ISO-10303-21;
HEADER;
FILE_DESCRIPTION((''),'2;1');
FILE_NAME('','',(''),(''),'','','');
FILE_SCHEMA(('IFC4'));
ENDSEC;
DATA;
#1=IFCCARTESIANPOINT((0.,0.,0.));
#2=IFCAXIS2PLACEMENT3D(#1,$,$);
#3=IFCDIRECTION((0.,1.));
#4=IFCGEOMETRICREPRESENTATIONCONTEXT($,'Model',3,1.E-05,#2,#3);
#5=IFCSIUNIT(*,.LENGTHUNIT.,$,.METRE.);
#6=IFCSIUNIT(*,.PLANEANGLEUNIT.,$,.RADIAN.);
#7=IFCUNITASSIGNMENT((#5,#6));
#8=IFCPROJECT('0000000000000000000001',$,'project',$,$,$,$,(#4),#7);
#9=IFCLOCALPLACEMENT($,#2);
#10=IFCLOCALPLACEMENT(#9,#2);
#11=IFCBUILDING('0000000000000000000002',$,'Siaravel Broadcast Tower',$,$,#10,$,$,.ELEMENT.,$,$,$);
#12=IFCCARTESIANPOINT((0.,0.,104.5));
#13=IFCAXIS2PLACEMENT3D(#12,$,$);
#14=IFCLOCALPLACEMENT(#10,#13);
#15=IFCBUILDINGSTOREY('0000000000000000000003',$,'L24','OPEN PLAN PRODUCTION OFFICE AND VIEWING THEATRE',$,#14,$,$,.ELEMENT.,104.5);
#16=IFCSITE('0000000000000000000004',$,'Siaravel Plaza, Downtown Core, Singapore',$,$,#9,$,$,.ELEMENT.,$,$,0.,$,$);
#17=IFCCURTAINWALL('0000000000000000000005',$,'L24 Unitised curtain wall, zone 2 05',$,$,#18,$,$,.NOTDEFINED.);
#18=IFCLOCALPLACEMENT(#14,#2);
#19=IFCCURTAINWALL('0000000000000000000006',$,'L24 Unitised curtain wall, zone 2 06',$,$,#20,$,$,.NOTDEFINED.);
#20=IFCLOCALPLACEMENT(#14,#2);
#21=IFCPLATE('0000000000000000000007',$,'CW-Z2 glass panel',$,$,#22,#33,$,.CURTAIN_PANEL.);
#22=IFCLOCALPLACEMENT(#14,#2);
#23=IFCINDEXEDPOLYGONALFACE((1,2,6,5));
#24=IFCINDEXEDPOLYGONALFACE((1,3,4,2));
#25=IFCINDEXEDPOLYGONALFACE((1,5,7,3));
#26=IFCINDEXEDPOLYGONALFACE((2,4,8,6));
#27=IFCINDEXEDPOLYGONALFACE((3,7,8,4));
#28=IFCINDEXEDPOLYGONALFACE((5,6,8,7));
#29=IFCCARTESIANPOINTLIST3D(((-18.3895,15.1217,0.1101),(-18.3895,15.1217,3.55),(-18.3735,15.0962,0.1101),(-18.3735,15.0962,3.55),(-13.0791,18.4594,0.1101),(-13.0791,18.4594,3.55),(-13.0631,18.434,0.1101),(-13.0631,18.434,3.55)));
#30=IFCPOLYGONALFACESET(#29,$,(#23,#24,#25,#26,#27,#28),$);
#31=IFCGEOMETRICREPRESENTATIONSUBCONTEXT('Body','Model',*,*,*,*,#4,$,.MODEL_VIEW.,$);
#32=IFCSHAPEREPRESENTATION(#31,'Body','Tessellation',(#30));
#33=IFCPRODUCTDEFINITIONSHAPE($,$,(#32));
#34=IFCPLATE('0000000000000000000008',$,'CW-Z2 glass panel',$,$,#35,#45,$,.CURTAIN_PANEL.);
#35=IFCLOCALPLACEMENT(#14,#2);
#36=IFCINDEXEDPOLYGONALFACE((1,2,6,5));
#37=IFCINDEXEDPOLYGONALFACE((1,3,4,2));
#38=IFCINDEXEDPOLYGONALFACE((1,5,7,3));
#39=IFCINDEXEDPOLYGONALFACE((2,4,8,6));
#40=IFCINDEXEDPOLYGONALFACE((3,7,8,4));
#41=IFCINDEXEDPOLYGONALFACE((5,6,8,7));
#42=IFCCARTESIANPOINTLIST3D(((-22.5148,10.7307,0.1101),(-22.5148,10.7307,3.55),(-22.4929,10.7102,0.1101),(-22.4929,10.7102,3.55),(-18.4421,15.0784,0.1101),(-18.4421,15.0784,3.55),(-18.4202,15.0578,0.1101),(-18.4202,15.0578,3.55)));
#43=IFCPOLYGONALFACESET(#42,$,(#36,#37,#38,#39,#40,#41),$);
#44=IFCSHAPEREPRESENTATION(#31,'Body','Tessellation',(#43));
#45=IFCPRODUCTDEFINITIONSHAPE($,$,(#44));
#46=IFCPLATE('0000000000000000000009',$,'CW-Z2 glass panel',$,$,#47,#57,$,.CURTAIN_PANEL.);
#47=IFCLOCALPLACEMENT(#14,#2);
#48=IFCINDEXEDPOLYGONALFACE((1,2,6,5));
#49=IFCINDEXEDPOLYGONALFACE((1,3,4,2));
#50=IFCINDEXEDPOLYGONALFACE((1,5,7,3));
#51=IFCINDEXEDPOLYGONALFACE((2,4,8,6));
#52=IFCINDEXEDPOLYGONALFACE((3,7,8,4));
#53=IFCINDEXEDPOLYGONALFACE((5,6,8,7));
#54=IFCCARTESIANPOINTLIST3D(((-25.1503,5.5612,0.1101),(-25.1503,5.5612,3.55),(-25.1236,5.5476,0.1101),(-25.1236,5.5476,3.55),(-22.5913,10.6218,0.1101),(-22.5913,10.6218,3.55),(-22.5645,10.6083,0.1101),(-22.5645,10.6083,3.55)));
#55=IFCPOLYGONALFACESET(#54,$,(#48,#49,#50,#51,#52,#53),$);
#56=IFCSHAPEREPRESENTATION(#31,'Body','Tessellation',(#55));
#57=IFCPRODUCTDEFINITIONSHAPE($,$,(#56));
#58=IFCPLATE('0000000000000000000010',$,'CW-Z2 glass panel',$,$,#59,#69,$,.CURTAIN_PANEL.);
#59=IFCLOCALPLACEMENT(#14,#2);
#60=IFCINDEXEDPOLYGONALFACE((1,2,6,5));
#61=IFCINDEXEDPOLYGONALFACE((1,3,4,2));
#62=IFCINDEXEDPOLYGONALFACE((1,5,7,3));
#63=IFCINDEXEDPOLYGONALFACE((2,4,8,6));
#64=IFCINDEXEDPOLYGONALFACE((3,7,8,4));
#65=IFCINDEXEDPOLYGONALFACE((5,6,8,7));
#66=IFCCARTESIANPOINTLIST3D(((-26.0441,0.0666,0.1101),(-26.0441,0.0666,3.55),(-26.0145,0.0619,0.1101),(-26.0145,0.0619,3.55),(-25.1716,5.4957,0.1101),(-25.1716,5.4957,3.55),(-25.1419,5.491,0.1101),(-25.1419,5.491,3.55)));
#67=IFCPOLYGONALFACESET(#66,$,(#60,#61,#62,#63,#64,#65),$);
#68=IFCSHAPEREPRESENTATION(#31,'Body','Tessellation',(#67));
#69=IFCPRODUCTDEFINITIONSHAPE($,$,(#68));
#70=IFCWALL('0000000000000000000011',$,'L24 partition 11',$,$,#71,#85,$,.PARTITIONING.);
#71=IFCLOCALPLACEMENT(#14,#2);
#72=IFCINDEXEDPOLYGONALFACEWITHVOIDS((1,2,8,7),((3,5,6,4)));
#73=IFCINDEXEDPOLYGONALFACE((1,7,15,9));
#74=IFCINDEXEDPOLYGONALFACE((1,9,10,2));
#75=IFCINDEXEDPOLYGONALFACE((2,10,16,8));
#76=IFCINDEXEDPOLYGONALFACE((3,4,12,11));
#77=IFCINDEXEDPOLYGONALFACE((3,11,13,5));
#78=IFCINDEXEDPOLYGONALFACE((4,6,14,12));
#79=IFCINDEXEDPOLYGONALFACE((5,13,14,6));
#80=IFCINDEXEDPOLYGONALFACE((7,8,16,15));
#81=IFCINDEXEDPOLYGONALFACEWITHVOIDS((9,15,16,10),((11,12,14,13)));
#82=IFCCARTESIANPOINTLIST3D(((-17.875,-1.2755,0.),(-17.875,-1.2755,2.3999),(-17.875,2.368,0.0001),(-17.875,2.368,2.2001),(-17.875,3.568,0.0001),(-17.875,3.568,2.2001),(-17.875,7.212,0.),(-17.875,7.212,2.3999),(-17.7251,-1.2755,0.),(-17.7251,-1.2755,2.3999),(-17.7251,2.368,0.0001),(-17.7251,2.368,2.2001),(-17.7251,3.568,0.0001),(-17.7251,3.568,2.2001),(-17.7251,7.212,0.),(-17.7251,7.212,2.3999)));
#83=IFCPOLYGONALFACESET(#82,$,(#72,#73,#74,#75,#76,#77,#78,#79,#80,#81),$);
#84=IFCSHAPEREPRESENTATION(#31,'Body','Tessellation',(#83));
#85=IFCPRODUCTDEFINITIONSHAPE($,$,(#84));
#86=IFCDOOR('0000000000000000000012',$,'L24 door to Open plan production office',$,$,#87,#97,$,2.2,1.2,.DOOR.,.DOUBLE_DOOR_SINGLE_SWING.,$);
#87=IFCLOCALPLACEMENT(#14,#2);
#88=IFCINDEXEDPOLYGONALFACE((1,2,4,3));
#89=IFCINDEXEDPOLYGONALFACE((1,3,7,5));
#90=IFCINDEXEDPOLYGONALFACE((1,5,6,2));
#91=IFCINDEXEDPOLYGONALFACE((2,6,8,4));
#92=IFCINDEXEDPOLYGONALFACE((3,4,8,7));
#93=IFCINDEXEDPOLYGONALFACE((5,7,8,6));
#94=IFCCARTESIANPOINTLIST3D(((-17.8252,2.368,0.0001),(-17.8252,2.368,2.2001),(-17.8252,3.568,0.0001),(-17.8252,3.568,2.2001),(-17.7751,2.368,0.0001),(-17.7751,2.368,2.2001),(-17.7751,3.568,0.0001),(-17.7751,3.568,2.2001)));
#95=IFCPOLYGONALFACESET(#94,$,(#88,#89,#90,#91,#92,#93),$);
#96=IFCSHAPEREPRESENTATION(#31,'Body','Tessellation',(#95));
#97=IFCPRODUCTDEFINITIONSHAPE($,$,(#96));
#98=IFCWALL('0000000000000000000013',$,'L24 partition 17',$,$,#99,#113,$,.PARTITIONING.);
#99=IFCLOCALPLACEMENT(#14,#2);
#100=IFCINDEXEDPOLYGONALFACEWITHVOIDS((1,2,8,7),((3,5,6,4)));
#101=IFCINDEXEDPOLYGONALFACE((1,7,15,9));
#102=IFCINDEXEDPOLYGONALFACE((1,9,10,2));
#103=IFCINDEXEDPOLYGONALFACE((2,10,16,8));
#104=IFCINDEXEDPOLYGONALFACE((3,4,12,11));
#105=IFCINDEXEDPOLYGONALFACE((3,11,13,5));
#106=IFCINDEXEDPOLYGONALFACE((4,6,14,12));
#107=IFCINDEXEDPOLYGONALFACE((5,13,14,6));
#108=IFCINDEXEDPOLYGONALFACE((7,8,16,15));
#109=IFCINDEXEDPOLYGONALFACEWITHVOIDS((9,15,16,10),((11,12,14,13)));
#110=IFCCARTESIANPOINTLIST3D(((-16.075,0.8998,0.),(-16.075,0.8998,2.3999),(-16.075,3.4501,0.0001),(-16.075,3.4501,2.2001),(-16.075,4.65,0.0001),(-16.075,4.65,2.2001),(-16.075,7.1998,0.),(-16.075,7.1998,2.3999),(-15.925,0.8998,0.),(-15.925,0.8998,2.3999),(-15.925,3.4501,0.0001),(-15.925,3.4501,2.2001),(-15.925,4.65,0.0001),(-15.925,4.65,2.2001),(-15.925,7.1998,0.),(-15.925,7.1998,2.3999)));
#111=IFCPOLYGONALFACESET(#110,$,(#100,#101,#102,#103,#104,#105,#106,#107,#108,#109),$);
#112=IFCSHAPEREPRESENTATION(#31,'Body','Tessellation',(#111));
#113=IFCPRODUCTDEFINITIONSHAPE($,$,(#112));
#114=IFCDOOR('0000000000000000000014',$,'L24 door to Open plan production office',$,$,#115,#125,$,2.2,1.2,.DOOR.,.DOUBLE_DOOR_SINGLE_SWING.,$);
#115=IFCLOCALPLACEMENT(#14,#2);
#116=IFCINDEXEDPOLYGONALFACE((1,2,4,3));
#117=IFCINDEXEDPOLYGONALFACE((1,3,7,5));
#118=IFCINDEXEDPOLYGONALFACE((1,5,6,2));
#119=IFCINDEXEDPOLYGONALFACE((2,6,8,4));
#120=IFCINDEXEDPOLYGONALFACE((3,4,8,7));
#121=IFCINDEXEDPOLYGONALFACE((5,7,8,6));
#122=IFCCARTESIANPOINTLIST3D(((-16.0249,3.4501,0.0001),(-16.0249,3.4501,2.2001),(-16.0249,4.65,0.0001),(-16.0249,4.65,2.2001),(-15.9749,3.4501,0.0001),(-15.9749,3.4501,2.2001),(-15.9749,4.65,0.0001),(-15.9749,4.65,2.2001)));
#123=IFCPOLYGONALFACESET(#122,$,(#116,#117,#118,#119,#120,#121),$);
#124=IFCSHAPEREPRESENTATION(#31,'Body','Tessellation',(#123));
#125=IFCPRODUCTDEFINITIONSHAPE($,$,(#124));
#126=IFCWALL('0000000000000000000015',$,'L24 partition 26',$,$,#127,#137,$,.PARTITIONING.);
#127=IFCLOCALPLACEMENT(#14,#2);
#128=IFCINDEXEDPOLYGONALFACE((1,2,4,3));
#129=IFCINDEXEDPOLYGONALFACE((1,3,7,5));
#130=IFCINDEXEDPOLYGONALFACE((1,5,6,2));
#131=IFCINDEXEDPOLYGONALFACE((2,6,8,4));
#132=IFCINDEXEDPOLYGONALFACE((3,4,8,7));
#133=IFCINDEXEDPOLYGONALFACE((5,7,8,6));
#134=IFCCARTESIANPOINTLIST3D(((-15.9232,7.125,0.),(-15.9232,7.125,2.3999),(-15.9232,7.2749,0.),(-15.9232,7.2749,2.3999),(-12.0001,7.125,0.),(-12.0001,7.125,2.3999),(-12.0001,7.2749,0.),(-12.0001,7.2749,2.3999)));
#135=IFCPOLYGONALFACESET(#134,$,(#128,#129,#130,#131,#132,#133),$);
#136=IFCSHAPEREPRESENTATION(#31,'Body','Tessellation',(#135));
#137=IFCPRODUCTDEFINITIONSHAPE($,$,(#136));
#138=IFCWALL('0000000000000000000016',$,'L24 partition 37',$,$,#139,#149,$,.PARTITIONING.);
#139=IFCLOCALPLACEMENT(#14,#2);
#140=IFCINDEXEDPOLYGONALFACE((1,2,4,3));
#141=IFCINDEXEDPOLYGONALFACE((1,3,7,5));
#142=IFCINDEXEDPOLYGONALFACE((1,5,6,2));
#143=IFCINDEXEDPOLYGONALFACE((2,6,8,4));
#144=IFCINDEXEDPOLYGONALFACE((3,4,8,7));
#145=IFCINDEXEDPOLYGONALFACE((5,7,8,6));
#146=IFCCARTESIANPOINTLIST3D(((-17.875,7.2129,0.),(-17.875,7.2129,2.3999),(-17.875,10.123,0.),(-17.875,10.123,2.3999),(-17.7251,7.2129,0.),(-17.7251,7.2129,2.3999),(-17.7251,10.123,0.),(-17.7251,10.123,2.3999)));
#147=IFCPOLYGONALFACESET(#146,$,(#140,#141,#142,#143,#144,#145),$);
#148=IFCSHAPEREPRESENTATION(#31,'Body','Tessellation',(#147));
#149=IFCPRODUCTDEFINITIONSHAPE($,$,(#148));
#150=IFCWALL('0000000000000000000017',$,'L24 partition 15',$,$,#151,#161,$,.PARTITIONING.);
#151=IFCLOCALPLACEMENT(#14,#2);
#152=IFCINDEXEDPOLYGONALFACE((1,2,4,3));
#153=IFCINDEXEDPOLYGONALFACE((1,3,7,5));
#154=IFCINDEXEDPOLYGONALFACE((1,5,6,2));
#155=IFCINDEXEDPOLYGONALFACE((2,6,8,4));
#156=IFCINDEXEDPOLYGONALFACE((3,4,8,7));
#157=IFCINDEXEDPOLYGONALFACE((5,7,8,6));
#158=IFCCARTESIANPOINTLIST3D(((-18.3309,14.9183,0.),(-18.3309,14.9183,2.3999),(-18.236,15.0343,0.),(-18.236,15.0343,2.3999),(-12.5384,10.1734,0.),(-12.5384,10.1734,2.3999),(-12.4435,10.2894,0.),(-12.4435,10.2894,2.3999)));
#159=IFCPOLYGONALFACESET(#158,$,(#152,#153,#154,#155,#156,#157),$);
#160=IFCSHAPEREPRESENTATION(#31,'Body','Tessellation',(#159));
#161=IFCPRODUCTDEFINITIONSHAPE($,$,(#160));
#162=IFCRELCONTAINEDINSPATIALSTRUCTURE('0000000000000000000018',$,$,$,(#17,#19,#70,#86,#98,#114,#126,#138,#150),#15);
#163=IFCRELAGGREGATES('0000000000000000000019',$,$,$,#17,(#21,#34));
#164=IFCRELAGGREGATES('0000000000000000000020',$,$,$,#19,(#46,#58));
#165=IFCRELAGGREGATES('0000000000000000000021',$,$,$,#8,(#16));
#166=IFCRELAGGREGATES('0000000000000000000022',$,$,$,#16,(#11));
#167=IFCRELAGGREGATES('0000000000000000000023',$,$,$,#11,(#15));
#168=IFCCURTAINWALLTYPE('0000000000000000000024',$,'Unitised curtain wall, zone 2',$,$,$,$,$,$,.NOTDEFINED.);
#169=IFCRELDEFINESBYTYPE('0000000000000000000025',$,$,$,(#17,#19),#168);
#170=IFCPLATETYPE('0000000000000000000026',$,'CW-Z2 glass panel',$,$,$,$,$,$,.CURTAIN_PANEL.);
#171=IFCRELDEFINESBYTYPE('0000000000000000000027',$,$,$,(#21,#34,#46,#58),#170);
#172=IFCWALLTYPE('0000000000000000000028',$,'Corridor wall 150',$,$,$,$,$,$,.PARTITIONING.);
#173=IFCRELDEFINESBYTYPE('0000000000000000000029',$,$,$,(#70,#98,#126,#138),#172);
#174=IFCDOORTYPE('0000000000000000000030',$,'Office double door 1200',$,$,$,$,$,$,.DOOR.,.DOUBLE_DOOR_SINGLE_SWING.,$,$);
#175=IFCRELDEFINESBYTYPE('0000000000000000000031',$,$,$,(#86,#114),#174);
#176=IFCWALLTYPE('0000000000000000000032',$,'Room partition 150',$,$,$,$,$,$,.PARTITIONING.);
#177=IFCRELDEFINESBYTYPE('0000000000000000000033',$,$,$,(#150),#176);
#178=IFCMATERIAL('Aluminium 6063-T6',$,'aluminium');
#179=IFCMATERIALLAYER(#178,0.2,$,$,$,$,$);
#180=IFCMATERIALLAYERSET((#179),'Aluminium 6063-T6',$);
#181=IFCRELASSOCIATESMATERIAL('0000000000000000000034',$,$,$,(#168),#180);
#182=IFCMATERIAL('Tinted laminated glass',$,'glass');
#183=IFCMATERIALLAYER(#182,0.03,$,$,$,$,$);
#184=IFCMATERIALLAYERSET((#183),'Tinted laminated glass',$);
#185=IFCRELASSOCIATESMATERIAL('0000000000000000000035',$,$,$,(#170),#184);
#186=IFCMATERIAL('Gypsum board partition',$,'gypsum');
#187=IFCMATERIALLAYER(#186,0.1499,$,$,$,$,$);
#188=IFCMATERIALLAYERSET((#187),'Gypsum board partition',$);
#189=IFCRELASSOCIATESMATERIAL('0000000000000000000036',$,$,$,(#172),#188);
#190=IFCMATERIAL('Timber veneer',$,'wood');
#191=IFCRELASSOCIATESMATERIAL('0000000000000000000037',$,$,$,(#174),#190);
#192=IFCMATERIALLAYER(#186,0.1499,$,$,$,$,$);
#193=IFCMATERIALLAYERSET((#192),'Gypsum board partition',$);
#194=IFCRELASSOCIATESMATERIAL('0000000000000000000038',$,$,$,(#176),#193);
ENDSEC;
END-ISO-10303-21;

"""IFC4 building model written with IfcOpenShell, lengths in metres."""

from ifc_helpers import new_model, si_unit, direction, frame, frame_2d, origin, origin_2d, place, context, subcontext, project, spatial, rectangle, extrude, material, layer, layer_set, type_object, element, fill, aggregate, save


model = new_model("IFC4")

# Units and contexts
model_context = context("Model", 3, precision=1e-05, world=origin(), true_north=direction((0.0, 1.0)))
body_context = subcontext(model_context, "Body", "Model", "MODEL_VIEW")
ifc_project = project(units=[si_unit("LENGTHUNIT", "METRE"), si_unit("PLANEANGLEUNIT", "RADIAN")], contexts=[model_context])

# Site, building, storey
site_placement = place(None, origin())
site = spatial("IfcSite", under=ifc_project, at=site_placement, Name="Siaravel Plaza, Downtown Core, Singapore", CompositionType="ELEMENT", RefElevation=0.0)
building_placement = place(site_placement, origin())
building = spatial("IfcBuilding", under=site, at=building_placement, Name="Siaravel Broadcast Tower", CompositionType="ELEMENT")
storey_placement = place(building_placement, frame((0.0, 0.0, 104.5)))
storey = spatial("IfcBuildingStorey", under=building, at=storey_placement, Name="L24", Description="OPEN PLAN PRODUCTION OFFICE AND VIEWING THEATRE", CompositionType="ELEMENT", Elevation=104.5)

# Curtain walls
ifc_material_1 = material(Name="Aluminium 6063-T6", Category="aluminium")
ifc_layer_1 = layer(ifc_material_1, 0.2)
ifc_layer_set_1 = layer_set([ifc_layer_1], Name="Aluminium 6063-T6")
curtain_wall_type = type_object("IfcCurtainWallType", Name="Unitised curtain wall, zone 2", PredefinedType="NOTDEFINED", material=ifc_layer_set_1)
curtain_wall_1_placement = place(storey_placement, origin())
curtain_wall_1 = element("IfcCurtainWall", 1, at=curtain_wall_1_placement, inside=storey, type_object=curtain_wall_type, Name="L24 Unitised curtain wall, zone 2 05", PredefinedType="NOTDEFINED")
curtain_wall_2_placement = place(storey_placement, origin())
curtain_wall_2 = element("IfcCurtainWall", 2, at=curtain_wall_2_placement, inside=storey, type_object=curtain_wall_type, Name="L24 Unitised curtain wall, zone 2 06", PredefinedType="NOTDEFINED")

# Plates
ifc_material_2 = material(Name="Tinted laminated glass", Category="glass")
ifc_layer_2 = layer(ifc_material_2, 0.03)
ifc_layer_set_2 = layer_set([ifc_layer_2], Name="Tinted laminated glass")
plate_type = type_object("IfcPlateType", Name="CW-Z2 glass panel", PredefinedType="CURTAIN_PANEL", material=ifc_layer_set_2)
plate_1_placement = place(storey_placement, frame((-15.7263, 16.7778, 0.1101), z_axis=(0.0, 0.0, 1.0), x_axis=(-0.846651, -0.532149, 0.0)))
plate_1 = element("IfcPlate", 3, at=plate_1_placement, type_object=plate_type, Name="CW-Z2 glass panel", PredefinedType="CURTAIN_PANEL", context=body_context, shape_type="SweptSolid", body=[
    extrude(rectangle(XDim=6.2722, YDim=0.03, at=origin_2d()), origin(), (0.0, 0.0, 1.0), 3.4399),
])
plate_2_placement = place(storey_placement, frame((-20.4675, 12.8943, 0.1101), z_axis=(0.0, 0.0, 1.0), x_axis=(-0.683656, -0.729805, 0.0)))
plate_2 = element("IfcPlate", 4, at=plate_2_placement, type_object=plate_type, Name="CW-Z2 glass panel", PredefinedType="CURTAIN_PANEL", context=body_context, shape_type="SweptSolid", body=[
    extrude(rectangle(XDim=5.9573, YDim=0.03, at=origin_2d()), origin(), (0.0, 0.0, 1.0), 3.4399),
])
aggregate(curtain_wall_1, [plate_1, plate_2])
plate_3_placement = place(storey_placement, frame((-23.8574, 8.0847, 0.1101), z_axis=(0.0, 0.0, 1.0), x_axis=(-0.451261, -0.892392, 0.0)))
plate_3 = element("IfcPlate", 5, at=plate_3_placement, type_object=plate_type, Name="CW-Z2 glass panel", PredefinedType="CURTAIN_PANEL", context=body_context, shape_type="SweptSolid", body=[
    extrude(rectangle(XDim=5.6709, YDim=0.03, at=origin_2d()), origin(), (0.0, 0.0, 1.0), 3.4399),
])
plate_4_placement = place(storey_placement, frame((-25.593, 2.7788, 0.1101), z_axis=(0.0, 0.0, 1.0), x_axis=(-0.158686, -0.987329, 0.0)))
plate_4 = element("IfcPlate", 6, at=plate_4_placement, type_object=plate_type, Name="CW-Z2 glass panel", PredefinedType="CURTAIN_PANEL", context=body_context, shape_type="SweptSolid", body=[
    extrude(rectangle(XDim=5.4988, YDim=0.03, at=origin_2d()), origin(), (0.0, 0.0, 1.0), 3.4399),
])
aggregate(curtain_wall_2, [plate_3, plate_4])

# Walls, openings, doors
ifc_material_3 = material(Name="Gypsum board partition", Category="gypsum")
ifc_layer_3 = layer(ifc_material_3, 0.1499)
ifc_layer_set_3 = layer_set([ifc_layer_3], Name="Gypsum board partition")
wall_type_1 = type_object("IfcWallType", Name="Corridor wall 150", PredefinedType="PARTITIONING", material=ifc_layer_set_3)
wall_1_placement = place(storey_placement, frame((-17.8, 7.2119, 0.0), z_axis=(0.0, 0.0, 1.0), x_axis=(0.0, -1.0, 0.0)))
wall_1 = element("IfcWall", 7, at=wall_1_placement, inside=storey, type_object=wall_type_1, Name="L24 partition 11", PredefinedType="PARTITIONING", context=body_context, shape_type="SweptSolid", body=[
    extrude(rectangle(XDim=8.4875, YDim=0.1499, at=frame_2d((4.2437, 0.0))), origin(), (0.0, 0.0, 1.0), 2.3999),
])
opening_1_placement = place(wall_1_placement, frame((3.6438, 0.0, 0.0)))
opening_1 = element("IfcOpeningElement", 8, at=opening_1_placement, cuts=wall_1, PredefinedType="OPENING", context=body_context, shape_type="SweptSolid", body=[
    extrude(rectangle(XDim=1.2, YDim=2.2, at=frame_2d((0.6001, 1.1001))), frame((0.0, 0.085, 0.0), z_axis=(0.0, -1.0, 0.0), x_axis=(1.0, 0.0, 0.0)), (0.0, 0.0, 1.0), 0.1699),
])
ifc_material_4 = material(Name="Timber veneer", Category="wood")
door_type = type_object("IfcDoorType", Name="Office double door 1200", OperationType="DOUBLE_DOOR_SINGLE_SWING", PredefinedType="DOOR", material=ifc_material_4)
door_1_placement = place(opening_1_placement, origin())
door_1 = element("IfcDoor", 9, at=door_1_placement, inside=storey, type_object=door_type, Name="L24 door to Open plan production office", OperationType="DOUBLE_DOOR_SINGLE_SWING", OverallHeight=2.2, OverallWidth=1.2, PredefinedType="DOOR", context=body_context, shape_type="SweptSolid", body=[
    extrude(rectangle(XDim=1.2, YDim=2.2, at=frame_2d((0.6001, 1.1001))), frame((0.0, 0.0249, 0.0), z_axis=(0.0, -1.0, 0.0), x_axis=(1.0, 0.0, 0.0)), (0.0, 0.0, 1.0), 0.05),
])
fill(opening_1, door_1)
wall_2_placement = place(storey_placement, frame((-16.0, 0.8999, 0.0), z_axis=(0.0, 0.0, 1.0), x_axis=(0.0, 1.0, 0.0)))
wall_2 = element("IfcWall", 10, at=wall_2_placement, inside=storey, type_object=wall_type_1, Name="L24 partition 17", PredefinedType="PARTITIONING", context=body_context, shape_type="SweptSolid", body=[
    extrude(rectangle(XDim=6.3, YDim=0.1499, at=frame_2d((3.1499, 0.0))), origin(), (0.0, 0.0, 1.0), 2.3999),
])
opening_2_placement = place(wall_2_placement, frame((2.55, 0.0, 0.0)))
opening_2 = element("IfcOpeningElement", 11, at=opening_2_placement, cuts=wall_2, PredefinedType="OPENING", context=body_context, shape_type="SweptSolid", body=[
    extrude(rectangle(XDim=1.2, YDim=2.2, at=frame_2d((0.6001, 1.1001))), frame((0.0, 0.085, 0.0), z_axis=(0.0, -1.0, 0.0), x_axis=(1.0, 0.0, 0.0)), (0.0, 0.0, 1.0), 0.1699),
])
door_2_placement = place(opening_2_placement, origin())
door_2 = element("IfcDoor", 12, at=door_2_placement, inside=storey, type_object=door_type, Name="L24 door to Open plan production office", OperationType="DOUBLE_DOOR_SINGLE_SWING", OverallHeight=2.2, OverallWidth=1.2, PredefinedType="DOOR", context=body_context, shape_type="SweptSolid", body=[
    extrude(rectangle(XDim=1.2, YDim=2.2, at=frame_2d((0.6001, 1.1001))), frame((0.0, 0.0249, 0.0), z_axis=(0.0, -1.0, 0.0), x_axis=(1.0, 0.0, 0.0)), (0.0, 0.0, 1.0), 0.05),
])
fill(opening_2, door_2)

# Walls
wall_3_placement = place(storey_placement, frame((-15.9231, 7.2, 0.0), z_axis=(0.0, 0.0, 1.0), x_axis=(1.0, 0.0, 0.0)))
element("IfcWall", 13, at=wall_3_placement, inside=storey, type_object=wall_type_1, Name="L24 partition 26", PredefinedType="PARTITIONING", context=body_context, shape_type="SweptSolid", body=[
    extrude(rectangle(XDim=3.9231, YDim=0.1499, at=frame_2d((1.9614, 0.0))), origin(), (0.0, 0.0, 1.0), 2.3999),
])
wall_4_placement = place(storey_placement, frame((-17.8, 10.123, 0.0), z_axis=(0.0, 0.0, 1.0), x_axis=(0.0, -1.0, 0.0)))
element("IfcWall", 14, at=wall_4_placement, inside=storey, type_object=wall_type_1, Name="L24 partition 37", PredefinedType="PARTITIONING", context=body_context, shape_type="SweptSolid", body=[
    extrude(rectangle(XDim=2.9102, YDim=0.1499, at=frame_2d((1.4551, 0.0))), origin(), (0.0, 0.0, 1.0), 2.3999),
])
ifc_layer_4 = layer(ifc_material_3, 0.1499)
ifc_layer_set_4 = layer_set([ifc_layer_4], Name="Gypsum board partition")
wall_type_2 = type_object("IfcWallType", Name="Room partition 150", PredefinedType="PARTITIONING", material=ifc_layer_set_4)
wall_5_placement = place(storey_placement, frame((-18.2834, 14.9763, 0.0), z_axis=(0.0, 0.0, 1.0), x_axis=(0.773593, -0.633683, 0.0)))
element("IfcWall", 15, at=wall_5_placement, inside=storey, type_object=wall_type_2, Name="L24 partition 15", PredefinedType="PARTITIONING", context=body_context, shape_type="SweptSolid", body=[
    extrude(rectangle(XDim=7.4878, YDim=0.1499, at=frame_2d((3.7439, 0.0))), origin(), (0.0, 0.0, 1.0), 2.3999),
])

save(model, "model.ifc")
